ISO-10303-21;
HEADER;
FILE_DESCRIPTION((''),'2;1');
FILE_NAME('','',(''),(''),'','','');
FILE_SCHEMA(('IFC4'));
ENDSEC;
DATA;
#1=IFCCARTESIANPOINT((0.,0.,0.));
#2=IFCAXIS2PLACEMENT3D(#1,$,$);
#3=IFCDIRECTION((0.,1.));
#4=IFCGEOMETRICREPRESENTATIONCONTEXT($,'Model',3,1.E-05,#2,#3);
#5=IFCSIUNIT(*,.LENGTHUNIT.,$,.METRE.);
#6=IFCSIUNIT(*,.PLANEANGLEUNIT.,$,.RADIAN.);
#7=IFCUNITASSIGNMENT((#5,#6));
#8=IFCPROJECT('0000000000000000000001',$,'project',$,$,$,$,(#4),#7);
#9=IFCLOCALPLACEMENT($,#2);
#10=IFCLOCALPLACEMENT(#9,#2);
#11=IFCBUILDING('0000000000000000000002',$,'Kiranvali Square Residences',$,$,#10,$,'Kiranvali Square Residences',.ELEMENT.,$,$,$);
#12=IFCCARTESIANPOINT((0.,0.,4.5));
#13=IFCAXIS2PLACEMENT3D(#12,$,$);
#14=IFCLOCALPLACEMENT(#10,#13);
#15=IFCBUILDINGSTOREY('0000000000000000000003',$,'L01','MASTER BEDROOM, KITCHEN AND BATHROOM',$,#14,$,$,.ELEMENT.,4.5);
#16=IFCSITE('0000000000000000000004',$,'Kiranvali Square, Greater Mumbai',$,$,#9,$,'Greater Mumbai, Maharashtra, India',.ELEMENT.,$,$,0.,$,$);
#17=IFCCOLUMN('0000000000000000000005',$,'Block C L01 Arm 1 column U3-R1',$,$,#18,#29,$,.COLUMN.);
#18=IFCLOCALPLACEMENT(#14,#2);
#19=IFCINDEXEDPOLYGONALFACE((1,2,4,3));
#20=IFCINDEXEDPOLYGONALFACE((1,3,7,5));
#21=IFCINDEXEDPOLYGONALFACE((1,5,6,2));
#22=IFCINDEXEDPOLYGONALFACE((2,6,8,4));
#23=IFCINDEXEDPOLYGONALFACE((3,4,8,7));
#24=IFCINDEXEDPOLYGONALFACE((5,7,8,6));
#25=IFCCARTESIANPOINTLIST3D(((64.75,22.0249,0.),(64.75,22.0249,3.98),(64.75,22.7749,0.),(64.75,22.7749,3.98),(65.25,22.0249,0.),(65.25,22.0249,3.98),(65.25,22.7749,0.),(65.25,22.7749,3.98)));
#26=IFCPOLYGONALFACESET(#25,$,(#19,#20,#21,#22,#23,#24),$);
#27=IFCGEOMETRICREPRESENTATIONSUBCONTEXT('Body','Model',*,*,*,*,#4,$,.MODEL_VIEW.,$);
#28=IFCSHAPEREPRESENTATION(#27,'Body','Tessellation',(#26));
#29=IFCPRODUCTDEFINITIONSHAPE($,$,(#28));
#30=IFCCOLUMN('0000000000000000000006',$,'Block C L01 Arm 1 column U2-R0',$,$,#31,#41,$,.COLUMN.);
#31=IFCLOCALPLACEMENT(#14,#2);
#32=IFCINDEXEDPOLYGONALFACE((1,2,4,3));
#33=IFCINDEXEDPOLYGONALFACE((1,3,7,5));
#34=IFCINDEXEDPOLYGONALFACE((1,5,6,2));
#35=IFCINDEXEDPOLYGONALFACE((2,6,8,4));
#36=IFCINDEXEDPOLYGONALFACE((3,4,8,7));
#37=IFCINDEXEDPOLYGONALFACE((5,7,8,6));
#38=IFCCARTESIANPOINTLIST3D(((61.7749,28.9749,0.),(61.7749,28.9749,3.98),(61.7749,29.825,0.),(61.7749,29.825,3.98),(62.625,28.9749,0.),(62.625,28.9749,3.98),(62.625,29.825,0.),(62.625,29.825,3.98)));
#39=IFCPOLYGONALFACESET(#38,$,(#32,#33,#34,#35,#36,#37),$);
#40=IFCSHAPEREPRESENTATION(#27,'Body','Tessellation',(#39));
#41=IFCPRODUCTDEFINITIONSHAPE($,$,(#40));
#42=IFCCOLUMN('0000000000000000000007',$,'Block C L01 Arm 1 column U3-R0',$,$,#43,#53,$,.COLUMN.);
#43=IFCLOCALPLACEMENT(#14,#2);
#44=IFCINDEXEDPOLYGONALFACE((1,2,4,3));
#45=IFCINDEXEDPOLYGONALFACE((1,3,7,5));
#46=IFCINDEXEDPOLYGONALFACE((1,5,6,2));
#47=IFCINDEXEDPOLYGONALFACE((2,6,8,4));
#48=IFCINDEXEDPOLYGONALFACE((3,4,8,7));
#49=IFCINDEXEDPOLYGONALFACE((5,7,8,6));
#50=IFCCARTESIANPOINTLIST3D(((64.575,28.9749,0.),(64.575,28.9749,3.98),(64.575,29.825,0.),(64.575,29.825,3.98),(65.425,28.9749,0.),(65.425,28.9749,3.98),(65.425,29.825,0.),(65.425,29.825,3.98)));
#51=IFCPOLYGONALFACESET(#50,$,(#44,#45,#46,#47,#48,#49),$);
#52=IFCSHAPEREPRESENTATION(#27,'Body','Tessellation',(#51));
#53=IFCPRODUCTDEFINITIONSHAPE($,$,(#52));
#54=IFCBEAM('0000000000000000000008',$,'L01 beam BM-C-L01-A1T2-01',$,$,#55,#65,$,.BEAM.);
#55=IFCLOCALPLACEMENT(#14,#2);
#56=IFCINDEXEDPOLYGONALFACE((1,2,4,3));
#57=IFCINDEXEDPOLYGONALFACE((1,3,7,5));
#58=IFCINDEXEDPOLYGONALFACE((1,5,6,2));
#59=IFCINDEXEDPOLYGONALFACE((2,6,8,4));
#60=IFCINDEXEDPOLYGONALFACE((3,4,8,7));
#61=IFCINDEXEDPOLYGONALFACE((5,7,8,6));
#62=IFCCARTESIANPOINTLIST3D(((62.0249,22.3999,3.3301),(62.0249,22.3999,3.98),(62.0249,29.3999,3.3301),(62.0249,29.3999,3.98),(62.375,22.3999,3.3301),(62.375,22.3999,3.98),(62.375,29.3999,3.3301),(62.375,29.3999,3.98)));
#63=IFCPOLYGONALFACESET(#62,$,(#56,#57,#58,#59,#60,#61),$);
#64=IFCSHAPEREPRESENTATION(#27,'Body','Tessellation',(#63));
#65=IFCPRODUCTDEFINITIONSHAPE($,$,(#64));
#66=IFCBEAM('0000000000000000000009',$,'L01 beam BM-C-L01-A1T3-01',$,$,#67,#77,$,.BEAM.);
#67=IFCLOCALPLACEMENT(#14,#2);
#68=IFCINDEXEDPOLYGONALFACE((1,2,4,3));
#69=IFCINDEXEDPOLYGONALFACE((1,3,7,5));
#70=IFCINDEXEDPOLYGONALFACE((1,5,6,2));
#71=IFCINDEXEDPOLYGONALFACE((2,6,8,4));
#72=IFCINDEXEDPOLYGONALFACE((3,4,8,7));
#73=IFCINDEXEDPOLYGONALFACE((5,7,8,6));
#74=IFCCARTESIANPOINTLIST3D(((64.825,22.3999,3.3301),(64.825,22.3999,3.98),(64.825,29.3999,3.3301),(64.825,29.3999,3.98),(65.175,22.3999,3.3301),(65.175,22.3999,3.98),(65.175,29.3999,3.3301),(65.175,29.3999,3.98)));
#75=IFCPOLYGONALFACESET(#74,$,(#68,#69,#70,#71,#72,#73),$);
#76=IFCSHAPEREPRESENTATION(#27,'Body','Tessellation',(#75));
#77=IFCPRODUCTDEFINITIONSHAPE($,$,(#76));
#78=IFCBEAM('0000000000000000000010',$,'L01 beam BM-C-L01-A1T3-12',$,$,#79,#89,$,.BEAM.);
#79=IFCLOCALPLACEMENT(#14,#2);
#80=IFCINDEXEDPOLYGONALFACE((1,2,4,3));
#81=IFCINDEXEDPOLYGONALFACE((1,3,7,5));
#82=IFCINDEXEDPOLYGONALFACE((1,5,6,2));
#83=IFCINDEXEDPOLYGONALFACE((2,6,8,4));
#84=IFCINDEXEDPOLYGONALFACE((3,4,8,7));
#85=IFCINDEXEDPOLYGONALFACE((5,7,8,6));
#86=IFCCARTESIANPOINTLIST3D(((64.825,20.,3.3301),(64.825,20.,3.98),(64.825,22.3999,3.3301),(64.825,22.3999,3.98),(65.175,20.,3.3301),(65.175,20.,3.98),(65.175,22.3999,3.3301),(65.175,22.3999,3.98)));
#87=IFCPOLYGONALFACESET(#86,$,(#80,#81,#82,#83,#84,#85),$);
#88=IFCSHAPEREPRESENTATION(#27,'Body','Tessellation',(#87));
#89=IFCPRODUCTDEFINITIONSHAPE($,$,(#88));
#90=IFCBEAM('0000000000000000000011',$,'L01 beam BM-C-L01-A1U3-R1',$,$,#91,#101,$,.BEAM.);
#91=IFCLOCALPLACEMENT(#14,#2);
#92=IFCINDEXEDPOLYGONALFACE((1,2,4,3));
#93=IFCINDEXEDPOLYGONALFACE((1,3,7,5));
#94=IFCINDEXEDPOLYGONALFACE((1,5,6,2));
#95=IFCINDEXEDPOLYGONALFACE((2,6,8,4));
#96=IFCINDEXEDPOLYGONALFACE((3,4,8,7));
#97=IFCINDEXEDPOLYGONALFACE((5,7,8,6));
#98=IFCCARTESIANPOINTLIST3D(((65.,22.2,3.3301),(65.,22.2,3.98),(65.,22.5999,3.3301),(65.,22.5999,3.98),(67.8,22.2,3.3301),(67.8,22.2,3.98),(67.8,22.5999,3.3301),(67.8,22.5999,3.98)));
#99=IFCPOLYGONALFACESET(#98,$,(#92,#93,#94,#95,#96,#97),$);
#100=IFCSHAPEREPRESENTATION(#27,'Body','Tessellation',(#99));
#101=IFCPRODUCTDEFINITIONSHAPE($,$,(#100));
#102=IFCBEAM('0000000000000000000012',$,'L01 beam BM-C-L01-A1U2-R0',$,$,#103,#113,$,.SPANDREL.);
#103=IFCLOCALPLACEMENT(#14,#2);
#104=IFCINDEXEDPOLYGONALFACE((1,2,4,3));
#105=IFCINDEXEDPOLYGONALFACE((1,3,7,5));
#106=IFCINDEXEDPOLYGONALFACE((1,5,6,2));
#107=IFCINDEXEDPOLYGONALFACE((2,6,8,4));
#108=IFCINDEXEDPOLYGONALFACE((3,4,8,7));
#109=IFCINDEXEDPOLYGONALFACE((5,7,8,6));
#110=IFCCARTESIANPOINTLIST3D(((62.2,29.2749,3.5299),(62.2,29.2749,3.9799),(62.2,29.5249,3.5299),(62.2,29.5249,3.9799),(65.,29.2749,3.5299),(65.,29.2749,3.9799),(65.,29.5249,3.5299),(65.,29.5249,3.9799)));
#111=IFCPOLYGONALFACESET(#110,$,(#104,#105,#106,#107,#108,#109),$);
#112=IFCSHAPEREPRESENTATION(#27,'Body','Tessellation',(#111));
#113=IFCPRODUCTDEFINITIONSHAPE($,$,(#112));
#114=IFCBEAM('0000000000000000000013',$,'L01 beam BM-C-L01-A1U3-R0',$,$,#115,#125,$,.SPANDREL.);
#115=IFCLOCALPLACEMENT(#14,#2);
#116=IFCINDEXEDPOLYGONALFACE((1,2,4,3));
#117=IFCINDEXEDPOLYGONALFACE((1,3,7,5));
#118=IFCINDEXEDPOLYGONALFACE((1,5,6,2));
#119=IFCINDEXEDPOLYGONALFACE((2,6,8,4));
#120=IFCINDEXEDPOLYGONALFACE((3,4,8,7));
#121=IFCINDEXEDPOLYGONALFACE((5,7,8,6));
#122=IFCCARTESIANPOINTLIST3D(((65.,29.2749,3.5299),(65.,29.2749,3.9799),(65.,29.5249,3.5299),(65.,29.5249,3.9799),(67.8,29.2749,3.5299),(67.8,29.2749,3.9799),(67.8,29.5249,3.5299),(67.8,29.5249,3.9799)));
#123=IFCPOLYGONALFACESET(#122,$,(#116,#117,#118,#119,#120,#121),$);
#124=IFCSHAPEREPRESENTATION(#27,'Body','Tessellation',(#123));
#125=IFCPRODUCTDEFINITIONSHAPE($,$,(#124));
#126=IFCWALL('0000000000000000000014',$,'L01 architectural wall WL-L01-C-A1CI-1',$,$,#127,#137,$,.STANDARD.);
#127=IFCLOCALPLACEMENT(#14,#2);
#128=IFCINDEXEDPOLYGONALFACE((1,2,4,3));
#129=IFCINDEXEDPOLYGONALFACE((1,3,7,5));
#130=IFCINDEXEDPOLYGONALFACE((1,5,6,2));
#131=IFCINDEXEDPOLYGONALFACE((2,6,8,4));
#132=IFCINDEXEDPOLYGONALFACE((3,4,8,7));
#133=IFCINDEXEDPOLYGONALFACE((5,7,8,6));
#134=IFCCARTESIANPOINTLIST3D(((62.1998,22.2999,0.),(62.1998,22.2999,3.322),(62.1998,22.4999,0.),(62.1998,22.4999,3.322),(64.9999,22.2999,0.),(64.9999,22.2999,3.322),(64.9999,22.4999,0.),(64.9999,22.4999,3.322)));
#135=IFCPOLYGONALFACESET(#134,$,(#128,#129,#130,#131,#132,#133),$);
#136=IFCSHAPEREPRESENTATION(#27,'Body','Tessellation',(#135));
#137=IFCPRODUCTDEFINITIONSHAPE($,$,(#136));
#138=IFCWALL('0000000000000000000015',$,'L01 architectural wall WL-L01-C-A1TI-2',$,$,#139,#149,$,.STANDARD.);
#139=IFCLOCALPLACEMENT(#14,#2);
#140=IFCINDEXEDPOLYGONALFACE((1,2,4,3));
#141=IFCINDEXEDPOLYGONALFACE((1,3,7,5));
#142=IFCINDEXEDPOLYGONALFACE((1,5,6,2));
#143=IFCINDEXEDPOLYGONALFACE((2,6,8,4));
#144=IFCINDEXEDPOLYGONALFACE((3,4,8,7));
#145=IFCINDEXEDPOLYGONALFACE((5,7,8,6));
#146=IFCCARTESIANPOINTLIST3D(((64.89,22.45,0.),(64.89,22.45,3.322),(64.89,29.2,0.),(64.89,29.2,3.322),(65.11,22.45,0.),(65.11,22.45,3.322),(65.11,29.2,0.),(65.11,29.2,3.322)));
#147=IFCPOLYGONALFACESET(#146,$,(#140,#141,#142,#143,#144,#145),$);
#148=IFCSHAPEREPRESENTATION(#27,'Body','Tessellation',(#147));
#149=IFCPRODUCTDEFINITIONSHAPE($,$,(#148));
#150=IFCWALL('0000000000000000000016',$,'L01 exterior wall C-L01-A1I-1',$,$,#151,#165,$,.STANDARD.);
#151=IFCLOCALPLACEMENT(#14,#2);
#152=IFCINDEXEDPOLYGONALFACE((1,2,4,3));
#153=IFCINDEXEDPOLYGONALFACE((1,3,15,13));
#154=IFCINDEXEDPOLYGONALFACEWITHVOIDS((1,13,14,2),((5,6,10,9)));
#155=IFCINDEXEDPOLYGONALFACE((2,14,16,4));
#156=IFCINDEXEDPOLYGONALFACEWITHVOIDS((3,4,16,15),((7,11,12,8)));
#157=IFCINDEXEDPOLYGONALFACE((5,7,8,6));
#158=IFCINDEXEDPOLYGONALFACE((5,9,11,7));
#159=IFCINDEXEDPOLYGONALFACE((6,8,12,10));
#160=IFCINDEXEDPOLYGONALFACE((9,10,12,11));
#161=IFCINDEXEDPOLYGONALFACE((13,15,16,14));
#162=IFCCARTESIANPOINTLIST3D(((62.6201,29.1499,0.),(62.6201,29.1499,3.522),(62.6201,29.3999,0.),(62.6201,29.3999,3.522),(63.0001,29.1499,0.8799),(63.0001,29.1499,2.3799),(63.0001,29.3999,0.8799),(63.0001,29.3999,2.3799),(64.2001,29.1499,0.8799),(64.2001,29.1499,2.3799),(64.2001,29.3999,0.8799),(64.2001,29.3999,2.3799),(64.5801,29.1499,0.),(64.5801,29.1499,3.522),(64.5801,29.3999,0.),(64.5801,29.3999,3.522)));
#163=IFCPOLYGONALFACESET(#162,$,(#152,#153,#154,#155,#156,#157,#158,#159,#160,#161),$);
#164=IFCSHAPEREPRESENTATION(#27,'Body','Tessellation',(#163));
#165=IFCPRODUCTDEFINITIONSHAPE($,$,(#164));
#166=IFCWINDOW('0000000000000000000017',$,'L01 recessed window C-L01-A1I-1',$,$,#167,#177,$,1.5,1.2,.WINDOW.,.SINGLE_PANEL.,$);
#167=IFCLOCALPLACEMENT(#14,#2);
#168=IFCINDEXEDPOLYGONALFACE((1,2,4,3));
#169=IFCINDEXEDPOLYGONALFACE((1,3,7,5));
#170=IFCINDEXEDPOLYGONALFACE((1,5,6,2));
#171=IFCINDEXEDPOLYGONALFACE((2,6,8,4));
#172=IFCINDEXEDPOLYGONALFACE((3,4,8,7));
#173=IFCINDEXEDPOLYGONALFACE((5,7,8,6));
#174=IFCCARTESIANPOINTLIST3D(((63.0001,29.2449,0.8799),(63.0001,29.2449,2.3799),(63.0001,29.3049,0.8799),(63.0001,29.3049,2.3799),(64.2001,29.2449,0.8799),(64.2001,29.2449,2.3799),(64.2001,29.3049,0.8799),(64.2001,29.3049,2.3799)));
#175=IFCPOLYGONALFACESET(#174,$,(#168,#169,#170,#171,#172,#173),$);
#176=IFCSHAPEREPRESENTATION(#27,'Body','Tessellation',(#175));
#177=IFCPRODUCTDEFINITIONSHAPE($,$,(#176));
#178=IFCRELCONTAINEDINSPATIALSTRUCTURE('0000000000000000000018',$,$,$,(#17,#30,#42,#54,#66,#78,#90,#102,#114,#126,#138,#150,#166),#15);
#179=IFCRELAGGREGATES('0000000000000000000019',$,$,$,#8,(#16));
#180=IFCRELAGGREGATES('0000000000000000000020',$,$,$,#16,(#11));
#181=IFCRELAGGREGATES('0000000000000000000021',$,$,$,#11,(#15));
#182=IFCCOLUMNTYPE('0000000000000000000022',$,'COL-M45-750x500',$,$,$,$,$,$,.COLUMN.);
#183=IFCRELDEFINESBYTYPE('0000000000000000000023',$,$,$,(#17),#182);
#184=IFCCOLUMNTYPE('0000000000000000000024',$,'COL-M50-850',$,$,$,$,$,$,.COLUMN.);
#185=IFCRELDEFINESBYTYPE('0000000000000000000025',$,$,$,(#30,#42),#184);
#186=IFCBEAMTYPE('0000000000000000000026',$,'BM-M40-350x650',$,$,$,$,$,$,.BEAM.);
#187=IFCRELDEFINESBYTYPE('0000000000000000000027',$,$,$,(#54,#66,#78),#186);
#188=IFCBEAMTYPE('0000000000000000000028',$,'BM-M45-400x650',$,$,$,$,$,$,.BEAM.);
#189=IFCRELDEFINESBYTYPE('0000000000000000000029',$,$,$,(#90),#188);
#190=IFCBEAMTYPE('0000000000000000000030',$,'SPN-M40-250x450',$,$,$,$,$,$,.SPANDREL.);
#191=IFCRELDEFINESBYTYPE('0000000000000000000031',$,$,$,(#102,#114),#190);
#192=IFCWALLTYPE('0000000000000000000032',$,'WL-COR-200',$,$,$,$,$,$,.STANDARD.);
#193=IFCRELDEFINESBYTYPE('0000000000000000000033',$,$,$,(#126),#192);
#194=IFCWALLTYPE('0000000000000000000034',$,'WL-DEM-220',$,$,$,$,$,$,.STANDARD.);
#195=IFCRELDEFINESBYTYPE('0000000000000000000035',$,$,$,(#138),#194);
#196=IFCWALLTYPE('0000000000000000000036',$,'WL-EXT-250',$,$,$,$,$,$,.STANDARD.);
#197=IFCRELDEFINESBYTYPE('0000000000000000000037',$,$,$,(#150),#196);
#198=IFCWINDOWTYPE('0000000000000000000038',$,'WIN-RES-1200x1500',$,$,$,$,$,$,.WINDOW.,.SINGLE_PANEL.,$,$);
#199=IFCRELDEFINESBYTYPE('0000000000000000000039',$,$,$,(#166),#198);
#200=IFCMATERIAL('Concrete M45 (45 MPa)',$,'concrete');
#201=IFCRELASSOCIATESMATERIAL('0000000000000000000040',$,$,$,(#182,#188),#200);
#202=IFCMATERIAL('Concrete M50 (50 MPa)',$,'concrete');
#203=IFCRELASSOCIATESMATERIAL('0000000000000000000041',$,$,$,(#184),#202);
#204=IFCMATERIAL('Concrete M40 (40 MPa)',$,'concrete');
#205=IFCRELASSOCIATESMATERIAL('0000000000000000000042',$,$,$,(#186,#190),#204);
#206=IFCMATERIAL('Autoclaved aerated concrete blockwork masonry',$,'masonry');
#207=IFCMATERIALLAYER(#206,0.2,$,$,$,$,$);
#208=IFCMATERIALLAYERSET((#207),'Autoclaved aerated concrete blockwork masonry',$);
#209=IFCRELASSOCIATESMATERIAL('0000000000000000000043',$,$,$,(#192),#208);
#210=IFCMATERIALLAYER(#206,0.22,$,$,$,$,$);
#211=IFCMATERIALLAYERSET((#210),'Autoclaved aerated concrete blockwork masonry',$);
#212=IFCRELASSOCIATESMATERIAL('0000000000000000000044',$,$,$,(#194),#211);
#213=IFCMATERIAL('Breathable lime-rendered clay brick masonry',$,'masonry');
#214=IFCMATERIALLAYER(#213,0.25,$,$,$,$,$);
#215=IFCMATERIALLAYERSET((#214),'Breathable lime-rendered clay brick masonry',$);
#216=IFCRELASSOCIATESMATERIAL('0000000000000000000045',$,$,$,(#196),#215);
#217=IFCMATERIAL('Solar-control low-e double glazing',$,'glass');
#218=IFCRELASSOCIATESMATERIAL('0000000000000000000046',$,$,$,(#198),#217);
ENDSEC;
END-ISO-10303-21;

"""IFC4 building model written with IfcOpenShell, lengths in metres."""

from ifc_helpers import new_model, si_unit, direction, frame, frame_2d, origin, origin_2d, place, context, subcontext, project, spatial, rectangle, extrude, material, layer, layer_set, material_profile, profile_set, type_object, element, fill, save


model = new_model("IFC4")

# Units and contexts
model_context = context("Model", 3, precision=1e-05, world=origin(), true_north=direction((0.0, 1.0)))
body_context = subcontext(model_context, "Body", "Model", "MODEL_VIEW")
ifc_project = project(units=[si_unit("LENGTHUNIT", "METRE"), si_unit("PLANEANGLEUNIT", "RADIAN")], contexts=[model_context])

# Site, building, storey
site_placement = place(None, origin())
site = spatial("IfcSite", under=ifc_project, at=site_placement, Name="Kiranvali Square, Greater Mumbai", LongName="Greater Mumbai, Maharashtra, India", CompositionType="ELEMENT", RefElevation=0.0)
building_placement = place(site_placement, origin())
building = spatial("IfcBuilding", under=site, at=building_placement, Name="Kiranvali Square Residences", LongName="Kiranvali Square Residences", CompositionType="ELEMENT")
storey_placement = place(building_placement, frame((0.0, 0.0, 4.5)))
storey = spatial("IfcBuildingStorey", under=building, at=storey_placement, Name="L01", Description="MASTER BEDROOM, KITCHEN AND BATHROOM", CompositionType="ELEMENT", Elevation=4.5)

# Columns
ifc_material_1 = material(Name="Concrete M45 (45 MPa)", Category="concrete")
ifc_material_profile_1 = material_profile(ifc_material_1, rectangle(XDim=0.5, YDim=0.75, at=origin_2d()), Name="RC 750x500")
ifc_profile_set_1 = profile_set([ifc_material_profile_1], Name="Concrete M45 (45 MPa)")
column_type_1 = type_object("IfcColumnType", Name="COL-M45-750x500", PredefinedType="COLUMN", material=ifc_profile_set_1)
column_placement = place(storey_placement, frame((65.0, 22.3999, 0.0), z_axis=(0.0, 0.0, 1.0), x_axis=(1.0, 0.0, 0.0)))
element("IfcColumn", 1, at=column_placement, inside=storey, type_object=column_type_1, Name="Block C L01 Arm 1 column U3-R1", PredefinedType="COLUMN", context=body_context, shape_type="SweptSolid", body=[
    extrude(rectangle(XDim=0.5, YDim=0.75, at=origin_2d()), origin(), (0.0, 0.0, 1.0), 3.98),
])
ifc_material_2 = material(Name="Concrete M50 (50 MPa)", Category="concrete")
ifc_material_profile_2 = material_profile(ifc_material_2, rectangle(XDim=0.8501, YDim=0.8501, at=origin_2d()), Name="RC 850x850")
ifc_profile_set_2 = profile_set([ifc_material_profile_2], Name="Concrete M50 (50 MPa)")
column_type_2 = type_object("IfcColumnType", Name="COL-M50-850", PredefinedType="COLUMN", material=ifc_profile_set_2)
for number, where, z_axis, x_axis, name in (
    (2, (62.2, 29.3999, 0.0), (0.0, 0.0, 1.0), (1.0, 0.0, 0.0), "Block C L01 Arm 1 column U2-R0"),
    (3, (65.0, 29.3999, 0.0), (0.0, 0.0, 1.0), (1.0, 0.0, 0.0), "Block C L01 Arm 1 column U3-R0"),
):
    element("IfcColumn", number, at=place(storey_placement, frame(where, z_axis=z_axis, x_axis=x_axis)), inside=storey, type_object=column_type_2, Name=name, PredefinedType="COLUMN", context=body_context, shape_type="SweptSolid", body=[
        extrude(rectangle(XDim=0.8501, YDim=0.8501, at=origin_2d()), origin(), (0.0, 0.0, 1.0), 3.98),
    ])

# Beams
ifc_material_3 = material(Name="Concrete M40 (40 MPa)", Category="concrete")
ifc_material_profile_3 = material_profile(ifc_material_3, rectangle(XDim=0.3501, YDim=0.6499, at=origin_2d()), Name="RC 350x650")
ifc_profile_set_3 = profile_set([ifc_material_profile_3], Name="Concrete M40 (40 MPa)")
beam_type_1 = type_object("IfcBeamType", Name="BM-M40-350x650", PredefinedType="BEAM", material=ifc_profile_set_3)
for number, where, z_axis, x_axis, name in (
    (4, (62.2, 29.3999, 3.655), (0.0, -1.0, 0.0), (1.0, 0.0, 0.0), "L01 beam BM-C-L01-A1T2-01"),
    (5, (65.0, 29.3999, 3.655), (0.0, -1.0, 0.0), (1.0, 0.0, 0.0), "L01 beam BM-C-L01-A1T3-01"),
):
    element("IfcBeam", number, at=place(storey_placement, frame(where, z_axis=z_axis, x_axis=x_axis)), inside=storey, type_object=beam_type_1, Name=name, PredefinedType="BEAM", context=body_context, shape_type="SweptSolid", body=[
        extrude(rectangle(XDim=0.3501, YDim=0.6499, at=origin_2d()), origin(), (0.0, 0.0, 1.0), 7.0),
    ])
beam_1_placement = place(storey_placement, frame((65.0, 22.3999, 3.655), z_axis=(0.0, -1.0, 0.0), x_axis=(1.0, 0.0, 0.0)))
element("IfcBeam", 6, at=beam_1_placement, inside=storey, type_object=beam_type_1, Name="L01 beam BM-C-L01-A1T3-12", PredefinedType="BEAM", context=body_context, shape_type="SweptSolid", body=[
    extrude(rectangle(XDim=0.3501, YDim=0.6499, at=origin_2d()), origin(), (0.0, 0.0, 1.0), 2.3999),
])
ifc_material_profile_4 = material_profile(ifc_material_1, rectangle(XDim=0.3999, YDim=0.6499, at=origin_2d()), Name="RC 400x650")
ifc_profile_set_4 = profile_set([ifc_material_profile_4], Name="Concrete M45 (45 MPa)")
beam_type_2 = type_object("IfcBeamType", Name="BM-M45-400x650", PredefinedType="BEAM", material=ifc_profile_set_4)
beam_2_placement = place(storey_placement, frame((65.0, 22.3999, 3.655), z_axis=(1.0, 0.0, 0.0), x_axis=(0.0, 1.0, 0.0)))
element("IfcBeam", 7, at=beam_2_placement, inside=storey, type_object=beam_type_2, Name="L01 beam BM-C-L01-A1U3-R1", PredefinedType="BEAM", context=body_context, shape_type="SweptSolid", body=[
    extrude(rectangle(XDim=0.3999, YDim=0.6499, at=origin_2d()), origin(), (0.0, 0.0, 1.0), 2.8),
])
ifc_material_profile_5 = material_profile(ifc_material_3, rectangle(XDim=0.25, YDim=0.45, at=origin_2d()), Name="RC 250x450")
ifc_profile_set_5 = profile_set([ifc_material_profile_5], Name="Concrete M40 (40 MPa)")
beam_type_3 = type_object("IfcBeamType", Name="SPN-M40-250x450", PredefinedType="SPANDREL", material=ifc_profile_set_5)
for number, where, z_axis, x_axis, name in (
    (8, (62.2, 29.3999, 3.7549), (1.0, 0.0, 0.0), (0.0, 1.0, 0.0), "L01 beam BM-C-L01-A1U2-R0"),
    (9, (65.0, 29.3999, 3.7549), (1.0, 0.0, 0.0), (0.0, 1.0, 0.0), "L01 beam BM-C-L01-A1U3-R0"),
):
    element("IfcBeam", number, at=place(storey_placement, frame(where, z_axis=z_axis, x_axis=x_axis)), inside=storey, type_object=beam_type_3, Name=name, PredefinedType="SPANDREL", context=body_context, shape_type="SweptSolid", body=[
        extrude(rectangle(XDim=0.25, YDim=0.45, at=origin_2d()), origin(), (0.0, 0.0, 1.0), 2.8),
    ])

# Wall
ifc_material_4 = material(Name="Autoclaved aerated concrete blockwork masonry", Category="masonry")
ifc_layer_1 = layer(ifc_material_4, 0.2)
ifc_layer_set_1 = layer_set([ifc_layer_1], Name="Autoclaved aerated concrete blockwork masonry")
wall_type_1 = type_object("IfcWallType", Name="WL-COR-200", PredefinedType="STANDARD", material=ifc_layer_set_1)
wall_1_placement = place(storey_placement, frame((62.2, 22.3999, 0.0), z_axis=(0.0, 0.0, 1.0), x_axis=(1.0, 0.0, 0.0)))
element("IfcWall", 10, at=wall_1_placement, inside=storey, type_object=wall_type_1, Name="L01 architectural wall WL-L01-C-A1CI-1", PredefinedType="STANDARD", context=body_context, shape_type="SweptSolid", body=[
    extrude(rectangle(XDim=2.8, YDim=0.2, at=frame_2d((1.3999, 0.0))), origin(), (0.0, 0.0, 1.0), 3.322),
])

# Wall
ifc_layer_2 = layer(ifc_material_4, 0.22)
ifc_layer_set_2 = layer_set([ifc_layer_2], Name="Autoclaved aerated concrete blockwork masonry")
wall_type_2 = type_object("IfcWallType", Name="WL-DEM-220", PredefinedType="STANDARD", material=ifc_layer_set_2)
wall_2_placement = place(storey_placement, frame((65.0, 29.2, 0.0), z_axis=(0.0, 0.0, 1.0), x_axis=(0.0, -1.0, 0.0)))
element("IfcWall", 11, at=wall_2_placement, inside=storey, type_object=wall_type_2, Name="L01 architectural wall WL-L01-C-A1TI-2", PredefinedType="STANDARD", context=body_context, shape_type="SweptSolid", body=[
    extrude(rectangle(XDim=6.75, YDim=0.22, at=frame_2d((3.375, 0.0))), origin(), (0.0, 0.0, 1.0), 3.322),
])

# Wall, opening, window
ifc_material_5 = material(Name="Breathable lime-rendered clay brick masonry", Category="masonry")
ifc_layer_3 = layer(ifc_material_5, 0.25)
ifc_layer_set_3 = layer_set([ifc_layer_3], Name="Breathable lime-rendered clay brick masonry")
wall_type_3 = type_object("IfcWallType", Name="WL-EXT-250", PredefinedType="STANDARD", material=ifc_layer_set_3)
wall_3_placement = place(storey_placement, frame((62.6201, 29.2749, 0.0), z_axis=(0.0, 0.0, 1.0), x_axis=(1.0, 0.0, 0.0)))
wall_3 = element("IfcWall", 12, at=wall_3_placement, inside=storey, type_object=wall_type_3, Name="L01 exterior wall C-L01-A1I-1", PredefinedType="STANDARD", context=body_context, shape_type="SweptSolid", body=[
    extrude(rectangle(XDim=1.96, YDim=0.25, at=frame_2d((0.98, 0.0))), origin(), (0.0, 0.0, 1.0), 3.522),
])
opening_1_placement = place(wall_3_placement, frame((0.3799, 0.0, 0.8799)))
opening_1 = element("IfcOpeningElement", 13, at=opening_1_placement, cuts=wall_3, PredefinedType="OPENING", context=body_context, shape_type="SweptSolid", body=[
    extrude(rectangle(XDim=1.2, YDim=1.5, at=frame_2d((0.6001, 0.75))), frame((0.0, 0.135, 0.0), z_axis=(0.0, -1.0, 0.0), x_axis=(1.0, 0.0, 0.0)), (0.0, 0.0, 1.0), 0.27),
])
ifc_material_6 = material(Name="Solar-control low-e double glazing", Category="glass")
window_type = type_object("IfcWindowType", Name="WIN-RES-1200x1500", PartitioningType="SINGLE_PANEL", PredefinedType="WINDOW", material=ifc_material_6)
window_1_placement = place(opening_1_placement, origin())
window_1 = element("IfcWindow", 14, at=window_1_placement, inside=storey, type_object=window_type, Name="L01 recessed window C-L01-A1I-1", OverallHeight=1.5, OverallWidth=1.2, PartitioningType="SINGLE_PANEL", PredefinedType="WINDOW", context=body_context, shape_type="SweptSolid", body=[
    extrude(rectangle(XDim=1.2, YDim=1.5, at=frame_2d((0.6001, 0.75))), frame((0.0, 0.03, 0.0), z_axis=(0.0, -1.0, 0.0), x_axis=(1.0, 0.0, 0.0)), (0.0, 0.0, 1.0), 0.0601),
])
fill(opening_1, window_1)

save(model, "model.ifc")
